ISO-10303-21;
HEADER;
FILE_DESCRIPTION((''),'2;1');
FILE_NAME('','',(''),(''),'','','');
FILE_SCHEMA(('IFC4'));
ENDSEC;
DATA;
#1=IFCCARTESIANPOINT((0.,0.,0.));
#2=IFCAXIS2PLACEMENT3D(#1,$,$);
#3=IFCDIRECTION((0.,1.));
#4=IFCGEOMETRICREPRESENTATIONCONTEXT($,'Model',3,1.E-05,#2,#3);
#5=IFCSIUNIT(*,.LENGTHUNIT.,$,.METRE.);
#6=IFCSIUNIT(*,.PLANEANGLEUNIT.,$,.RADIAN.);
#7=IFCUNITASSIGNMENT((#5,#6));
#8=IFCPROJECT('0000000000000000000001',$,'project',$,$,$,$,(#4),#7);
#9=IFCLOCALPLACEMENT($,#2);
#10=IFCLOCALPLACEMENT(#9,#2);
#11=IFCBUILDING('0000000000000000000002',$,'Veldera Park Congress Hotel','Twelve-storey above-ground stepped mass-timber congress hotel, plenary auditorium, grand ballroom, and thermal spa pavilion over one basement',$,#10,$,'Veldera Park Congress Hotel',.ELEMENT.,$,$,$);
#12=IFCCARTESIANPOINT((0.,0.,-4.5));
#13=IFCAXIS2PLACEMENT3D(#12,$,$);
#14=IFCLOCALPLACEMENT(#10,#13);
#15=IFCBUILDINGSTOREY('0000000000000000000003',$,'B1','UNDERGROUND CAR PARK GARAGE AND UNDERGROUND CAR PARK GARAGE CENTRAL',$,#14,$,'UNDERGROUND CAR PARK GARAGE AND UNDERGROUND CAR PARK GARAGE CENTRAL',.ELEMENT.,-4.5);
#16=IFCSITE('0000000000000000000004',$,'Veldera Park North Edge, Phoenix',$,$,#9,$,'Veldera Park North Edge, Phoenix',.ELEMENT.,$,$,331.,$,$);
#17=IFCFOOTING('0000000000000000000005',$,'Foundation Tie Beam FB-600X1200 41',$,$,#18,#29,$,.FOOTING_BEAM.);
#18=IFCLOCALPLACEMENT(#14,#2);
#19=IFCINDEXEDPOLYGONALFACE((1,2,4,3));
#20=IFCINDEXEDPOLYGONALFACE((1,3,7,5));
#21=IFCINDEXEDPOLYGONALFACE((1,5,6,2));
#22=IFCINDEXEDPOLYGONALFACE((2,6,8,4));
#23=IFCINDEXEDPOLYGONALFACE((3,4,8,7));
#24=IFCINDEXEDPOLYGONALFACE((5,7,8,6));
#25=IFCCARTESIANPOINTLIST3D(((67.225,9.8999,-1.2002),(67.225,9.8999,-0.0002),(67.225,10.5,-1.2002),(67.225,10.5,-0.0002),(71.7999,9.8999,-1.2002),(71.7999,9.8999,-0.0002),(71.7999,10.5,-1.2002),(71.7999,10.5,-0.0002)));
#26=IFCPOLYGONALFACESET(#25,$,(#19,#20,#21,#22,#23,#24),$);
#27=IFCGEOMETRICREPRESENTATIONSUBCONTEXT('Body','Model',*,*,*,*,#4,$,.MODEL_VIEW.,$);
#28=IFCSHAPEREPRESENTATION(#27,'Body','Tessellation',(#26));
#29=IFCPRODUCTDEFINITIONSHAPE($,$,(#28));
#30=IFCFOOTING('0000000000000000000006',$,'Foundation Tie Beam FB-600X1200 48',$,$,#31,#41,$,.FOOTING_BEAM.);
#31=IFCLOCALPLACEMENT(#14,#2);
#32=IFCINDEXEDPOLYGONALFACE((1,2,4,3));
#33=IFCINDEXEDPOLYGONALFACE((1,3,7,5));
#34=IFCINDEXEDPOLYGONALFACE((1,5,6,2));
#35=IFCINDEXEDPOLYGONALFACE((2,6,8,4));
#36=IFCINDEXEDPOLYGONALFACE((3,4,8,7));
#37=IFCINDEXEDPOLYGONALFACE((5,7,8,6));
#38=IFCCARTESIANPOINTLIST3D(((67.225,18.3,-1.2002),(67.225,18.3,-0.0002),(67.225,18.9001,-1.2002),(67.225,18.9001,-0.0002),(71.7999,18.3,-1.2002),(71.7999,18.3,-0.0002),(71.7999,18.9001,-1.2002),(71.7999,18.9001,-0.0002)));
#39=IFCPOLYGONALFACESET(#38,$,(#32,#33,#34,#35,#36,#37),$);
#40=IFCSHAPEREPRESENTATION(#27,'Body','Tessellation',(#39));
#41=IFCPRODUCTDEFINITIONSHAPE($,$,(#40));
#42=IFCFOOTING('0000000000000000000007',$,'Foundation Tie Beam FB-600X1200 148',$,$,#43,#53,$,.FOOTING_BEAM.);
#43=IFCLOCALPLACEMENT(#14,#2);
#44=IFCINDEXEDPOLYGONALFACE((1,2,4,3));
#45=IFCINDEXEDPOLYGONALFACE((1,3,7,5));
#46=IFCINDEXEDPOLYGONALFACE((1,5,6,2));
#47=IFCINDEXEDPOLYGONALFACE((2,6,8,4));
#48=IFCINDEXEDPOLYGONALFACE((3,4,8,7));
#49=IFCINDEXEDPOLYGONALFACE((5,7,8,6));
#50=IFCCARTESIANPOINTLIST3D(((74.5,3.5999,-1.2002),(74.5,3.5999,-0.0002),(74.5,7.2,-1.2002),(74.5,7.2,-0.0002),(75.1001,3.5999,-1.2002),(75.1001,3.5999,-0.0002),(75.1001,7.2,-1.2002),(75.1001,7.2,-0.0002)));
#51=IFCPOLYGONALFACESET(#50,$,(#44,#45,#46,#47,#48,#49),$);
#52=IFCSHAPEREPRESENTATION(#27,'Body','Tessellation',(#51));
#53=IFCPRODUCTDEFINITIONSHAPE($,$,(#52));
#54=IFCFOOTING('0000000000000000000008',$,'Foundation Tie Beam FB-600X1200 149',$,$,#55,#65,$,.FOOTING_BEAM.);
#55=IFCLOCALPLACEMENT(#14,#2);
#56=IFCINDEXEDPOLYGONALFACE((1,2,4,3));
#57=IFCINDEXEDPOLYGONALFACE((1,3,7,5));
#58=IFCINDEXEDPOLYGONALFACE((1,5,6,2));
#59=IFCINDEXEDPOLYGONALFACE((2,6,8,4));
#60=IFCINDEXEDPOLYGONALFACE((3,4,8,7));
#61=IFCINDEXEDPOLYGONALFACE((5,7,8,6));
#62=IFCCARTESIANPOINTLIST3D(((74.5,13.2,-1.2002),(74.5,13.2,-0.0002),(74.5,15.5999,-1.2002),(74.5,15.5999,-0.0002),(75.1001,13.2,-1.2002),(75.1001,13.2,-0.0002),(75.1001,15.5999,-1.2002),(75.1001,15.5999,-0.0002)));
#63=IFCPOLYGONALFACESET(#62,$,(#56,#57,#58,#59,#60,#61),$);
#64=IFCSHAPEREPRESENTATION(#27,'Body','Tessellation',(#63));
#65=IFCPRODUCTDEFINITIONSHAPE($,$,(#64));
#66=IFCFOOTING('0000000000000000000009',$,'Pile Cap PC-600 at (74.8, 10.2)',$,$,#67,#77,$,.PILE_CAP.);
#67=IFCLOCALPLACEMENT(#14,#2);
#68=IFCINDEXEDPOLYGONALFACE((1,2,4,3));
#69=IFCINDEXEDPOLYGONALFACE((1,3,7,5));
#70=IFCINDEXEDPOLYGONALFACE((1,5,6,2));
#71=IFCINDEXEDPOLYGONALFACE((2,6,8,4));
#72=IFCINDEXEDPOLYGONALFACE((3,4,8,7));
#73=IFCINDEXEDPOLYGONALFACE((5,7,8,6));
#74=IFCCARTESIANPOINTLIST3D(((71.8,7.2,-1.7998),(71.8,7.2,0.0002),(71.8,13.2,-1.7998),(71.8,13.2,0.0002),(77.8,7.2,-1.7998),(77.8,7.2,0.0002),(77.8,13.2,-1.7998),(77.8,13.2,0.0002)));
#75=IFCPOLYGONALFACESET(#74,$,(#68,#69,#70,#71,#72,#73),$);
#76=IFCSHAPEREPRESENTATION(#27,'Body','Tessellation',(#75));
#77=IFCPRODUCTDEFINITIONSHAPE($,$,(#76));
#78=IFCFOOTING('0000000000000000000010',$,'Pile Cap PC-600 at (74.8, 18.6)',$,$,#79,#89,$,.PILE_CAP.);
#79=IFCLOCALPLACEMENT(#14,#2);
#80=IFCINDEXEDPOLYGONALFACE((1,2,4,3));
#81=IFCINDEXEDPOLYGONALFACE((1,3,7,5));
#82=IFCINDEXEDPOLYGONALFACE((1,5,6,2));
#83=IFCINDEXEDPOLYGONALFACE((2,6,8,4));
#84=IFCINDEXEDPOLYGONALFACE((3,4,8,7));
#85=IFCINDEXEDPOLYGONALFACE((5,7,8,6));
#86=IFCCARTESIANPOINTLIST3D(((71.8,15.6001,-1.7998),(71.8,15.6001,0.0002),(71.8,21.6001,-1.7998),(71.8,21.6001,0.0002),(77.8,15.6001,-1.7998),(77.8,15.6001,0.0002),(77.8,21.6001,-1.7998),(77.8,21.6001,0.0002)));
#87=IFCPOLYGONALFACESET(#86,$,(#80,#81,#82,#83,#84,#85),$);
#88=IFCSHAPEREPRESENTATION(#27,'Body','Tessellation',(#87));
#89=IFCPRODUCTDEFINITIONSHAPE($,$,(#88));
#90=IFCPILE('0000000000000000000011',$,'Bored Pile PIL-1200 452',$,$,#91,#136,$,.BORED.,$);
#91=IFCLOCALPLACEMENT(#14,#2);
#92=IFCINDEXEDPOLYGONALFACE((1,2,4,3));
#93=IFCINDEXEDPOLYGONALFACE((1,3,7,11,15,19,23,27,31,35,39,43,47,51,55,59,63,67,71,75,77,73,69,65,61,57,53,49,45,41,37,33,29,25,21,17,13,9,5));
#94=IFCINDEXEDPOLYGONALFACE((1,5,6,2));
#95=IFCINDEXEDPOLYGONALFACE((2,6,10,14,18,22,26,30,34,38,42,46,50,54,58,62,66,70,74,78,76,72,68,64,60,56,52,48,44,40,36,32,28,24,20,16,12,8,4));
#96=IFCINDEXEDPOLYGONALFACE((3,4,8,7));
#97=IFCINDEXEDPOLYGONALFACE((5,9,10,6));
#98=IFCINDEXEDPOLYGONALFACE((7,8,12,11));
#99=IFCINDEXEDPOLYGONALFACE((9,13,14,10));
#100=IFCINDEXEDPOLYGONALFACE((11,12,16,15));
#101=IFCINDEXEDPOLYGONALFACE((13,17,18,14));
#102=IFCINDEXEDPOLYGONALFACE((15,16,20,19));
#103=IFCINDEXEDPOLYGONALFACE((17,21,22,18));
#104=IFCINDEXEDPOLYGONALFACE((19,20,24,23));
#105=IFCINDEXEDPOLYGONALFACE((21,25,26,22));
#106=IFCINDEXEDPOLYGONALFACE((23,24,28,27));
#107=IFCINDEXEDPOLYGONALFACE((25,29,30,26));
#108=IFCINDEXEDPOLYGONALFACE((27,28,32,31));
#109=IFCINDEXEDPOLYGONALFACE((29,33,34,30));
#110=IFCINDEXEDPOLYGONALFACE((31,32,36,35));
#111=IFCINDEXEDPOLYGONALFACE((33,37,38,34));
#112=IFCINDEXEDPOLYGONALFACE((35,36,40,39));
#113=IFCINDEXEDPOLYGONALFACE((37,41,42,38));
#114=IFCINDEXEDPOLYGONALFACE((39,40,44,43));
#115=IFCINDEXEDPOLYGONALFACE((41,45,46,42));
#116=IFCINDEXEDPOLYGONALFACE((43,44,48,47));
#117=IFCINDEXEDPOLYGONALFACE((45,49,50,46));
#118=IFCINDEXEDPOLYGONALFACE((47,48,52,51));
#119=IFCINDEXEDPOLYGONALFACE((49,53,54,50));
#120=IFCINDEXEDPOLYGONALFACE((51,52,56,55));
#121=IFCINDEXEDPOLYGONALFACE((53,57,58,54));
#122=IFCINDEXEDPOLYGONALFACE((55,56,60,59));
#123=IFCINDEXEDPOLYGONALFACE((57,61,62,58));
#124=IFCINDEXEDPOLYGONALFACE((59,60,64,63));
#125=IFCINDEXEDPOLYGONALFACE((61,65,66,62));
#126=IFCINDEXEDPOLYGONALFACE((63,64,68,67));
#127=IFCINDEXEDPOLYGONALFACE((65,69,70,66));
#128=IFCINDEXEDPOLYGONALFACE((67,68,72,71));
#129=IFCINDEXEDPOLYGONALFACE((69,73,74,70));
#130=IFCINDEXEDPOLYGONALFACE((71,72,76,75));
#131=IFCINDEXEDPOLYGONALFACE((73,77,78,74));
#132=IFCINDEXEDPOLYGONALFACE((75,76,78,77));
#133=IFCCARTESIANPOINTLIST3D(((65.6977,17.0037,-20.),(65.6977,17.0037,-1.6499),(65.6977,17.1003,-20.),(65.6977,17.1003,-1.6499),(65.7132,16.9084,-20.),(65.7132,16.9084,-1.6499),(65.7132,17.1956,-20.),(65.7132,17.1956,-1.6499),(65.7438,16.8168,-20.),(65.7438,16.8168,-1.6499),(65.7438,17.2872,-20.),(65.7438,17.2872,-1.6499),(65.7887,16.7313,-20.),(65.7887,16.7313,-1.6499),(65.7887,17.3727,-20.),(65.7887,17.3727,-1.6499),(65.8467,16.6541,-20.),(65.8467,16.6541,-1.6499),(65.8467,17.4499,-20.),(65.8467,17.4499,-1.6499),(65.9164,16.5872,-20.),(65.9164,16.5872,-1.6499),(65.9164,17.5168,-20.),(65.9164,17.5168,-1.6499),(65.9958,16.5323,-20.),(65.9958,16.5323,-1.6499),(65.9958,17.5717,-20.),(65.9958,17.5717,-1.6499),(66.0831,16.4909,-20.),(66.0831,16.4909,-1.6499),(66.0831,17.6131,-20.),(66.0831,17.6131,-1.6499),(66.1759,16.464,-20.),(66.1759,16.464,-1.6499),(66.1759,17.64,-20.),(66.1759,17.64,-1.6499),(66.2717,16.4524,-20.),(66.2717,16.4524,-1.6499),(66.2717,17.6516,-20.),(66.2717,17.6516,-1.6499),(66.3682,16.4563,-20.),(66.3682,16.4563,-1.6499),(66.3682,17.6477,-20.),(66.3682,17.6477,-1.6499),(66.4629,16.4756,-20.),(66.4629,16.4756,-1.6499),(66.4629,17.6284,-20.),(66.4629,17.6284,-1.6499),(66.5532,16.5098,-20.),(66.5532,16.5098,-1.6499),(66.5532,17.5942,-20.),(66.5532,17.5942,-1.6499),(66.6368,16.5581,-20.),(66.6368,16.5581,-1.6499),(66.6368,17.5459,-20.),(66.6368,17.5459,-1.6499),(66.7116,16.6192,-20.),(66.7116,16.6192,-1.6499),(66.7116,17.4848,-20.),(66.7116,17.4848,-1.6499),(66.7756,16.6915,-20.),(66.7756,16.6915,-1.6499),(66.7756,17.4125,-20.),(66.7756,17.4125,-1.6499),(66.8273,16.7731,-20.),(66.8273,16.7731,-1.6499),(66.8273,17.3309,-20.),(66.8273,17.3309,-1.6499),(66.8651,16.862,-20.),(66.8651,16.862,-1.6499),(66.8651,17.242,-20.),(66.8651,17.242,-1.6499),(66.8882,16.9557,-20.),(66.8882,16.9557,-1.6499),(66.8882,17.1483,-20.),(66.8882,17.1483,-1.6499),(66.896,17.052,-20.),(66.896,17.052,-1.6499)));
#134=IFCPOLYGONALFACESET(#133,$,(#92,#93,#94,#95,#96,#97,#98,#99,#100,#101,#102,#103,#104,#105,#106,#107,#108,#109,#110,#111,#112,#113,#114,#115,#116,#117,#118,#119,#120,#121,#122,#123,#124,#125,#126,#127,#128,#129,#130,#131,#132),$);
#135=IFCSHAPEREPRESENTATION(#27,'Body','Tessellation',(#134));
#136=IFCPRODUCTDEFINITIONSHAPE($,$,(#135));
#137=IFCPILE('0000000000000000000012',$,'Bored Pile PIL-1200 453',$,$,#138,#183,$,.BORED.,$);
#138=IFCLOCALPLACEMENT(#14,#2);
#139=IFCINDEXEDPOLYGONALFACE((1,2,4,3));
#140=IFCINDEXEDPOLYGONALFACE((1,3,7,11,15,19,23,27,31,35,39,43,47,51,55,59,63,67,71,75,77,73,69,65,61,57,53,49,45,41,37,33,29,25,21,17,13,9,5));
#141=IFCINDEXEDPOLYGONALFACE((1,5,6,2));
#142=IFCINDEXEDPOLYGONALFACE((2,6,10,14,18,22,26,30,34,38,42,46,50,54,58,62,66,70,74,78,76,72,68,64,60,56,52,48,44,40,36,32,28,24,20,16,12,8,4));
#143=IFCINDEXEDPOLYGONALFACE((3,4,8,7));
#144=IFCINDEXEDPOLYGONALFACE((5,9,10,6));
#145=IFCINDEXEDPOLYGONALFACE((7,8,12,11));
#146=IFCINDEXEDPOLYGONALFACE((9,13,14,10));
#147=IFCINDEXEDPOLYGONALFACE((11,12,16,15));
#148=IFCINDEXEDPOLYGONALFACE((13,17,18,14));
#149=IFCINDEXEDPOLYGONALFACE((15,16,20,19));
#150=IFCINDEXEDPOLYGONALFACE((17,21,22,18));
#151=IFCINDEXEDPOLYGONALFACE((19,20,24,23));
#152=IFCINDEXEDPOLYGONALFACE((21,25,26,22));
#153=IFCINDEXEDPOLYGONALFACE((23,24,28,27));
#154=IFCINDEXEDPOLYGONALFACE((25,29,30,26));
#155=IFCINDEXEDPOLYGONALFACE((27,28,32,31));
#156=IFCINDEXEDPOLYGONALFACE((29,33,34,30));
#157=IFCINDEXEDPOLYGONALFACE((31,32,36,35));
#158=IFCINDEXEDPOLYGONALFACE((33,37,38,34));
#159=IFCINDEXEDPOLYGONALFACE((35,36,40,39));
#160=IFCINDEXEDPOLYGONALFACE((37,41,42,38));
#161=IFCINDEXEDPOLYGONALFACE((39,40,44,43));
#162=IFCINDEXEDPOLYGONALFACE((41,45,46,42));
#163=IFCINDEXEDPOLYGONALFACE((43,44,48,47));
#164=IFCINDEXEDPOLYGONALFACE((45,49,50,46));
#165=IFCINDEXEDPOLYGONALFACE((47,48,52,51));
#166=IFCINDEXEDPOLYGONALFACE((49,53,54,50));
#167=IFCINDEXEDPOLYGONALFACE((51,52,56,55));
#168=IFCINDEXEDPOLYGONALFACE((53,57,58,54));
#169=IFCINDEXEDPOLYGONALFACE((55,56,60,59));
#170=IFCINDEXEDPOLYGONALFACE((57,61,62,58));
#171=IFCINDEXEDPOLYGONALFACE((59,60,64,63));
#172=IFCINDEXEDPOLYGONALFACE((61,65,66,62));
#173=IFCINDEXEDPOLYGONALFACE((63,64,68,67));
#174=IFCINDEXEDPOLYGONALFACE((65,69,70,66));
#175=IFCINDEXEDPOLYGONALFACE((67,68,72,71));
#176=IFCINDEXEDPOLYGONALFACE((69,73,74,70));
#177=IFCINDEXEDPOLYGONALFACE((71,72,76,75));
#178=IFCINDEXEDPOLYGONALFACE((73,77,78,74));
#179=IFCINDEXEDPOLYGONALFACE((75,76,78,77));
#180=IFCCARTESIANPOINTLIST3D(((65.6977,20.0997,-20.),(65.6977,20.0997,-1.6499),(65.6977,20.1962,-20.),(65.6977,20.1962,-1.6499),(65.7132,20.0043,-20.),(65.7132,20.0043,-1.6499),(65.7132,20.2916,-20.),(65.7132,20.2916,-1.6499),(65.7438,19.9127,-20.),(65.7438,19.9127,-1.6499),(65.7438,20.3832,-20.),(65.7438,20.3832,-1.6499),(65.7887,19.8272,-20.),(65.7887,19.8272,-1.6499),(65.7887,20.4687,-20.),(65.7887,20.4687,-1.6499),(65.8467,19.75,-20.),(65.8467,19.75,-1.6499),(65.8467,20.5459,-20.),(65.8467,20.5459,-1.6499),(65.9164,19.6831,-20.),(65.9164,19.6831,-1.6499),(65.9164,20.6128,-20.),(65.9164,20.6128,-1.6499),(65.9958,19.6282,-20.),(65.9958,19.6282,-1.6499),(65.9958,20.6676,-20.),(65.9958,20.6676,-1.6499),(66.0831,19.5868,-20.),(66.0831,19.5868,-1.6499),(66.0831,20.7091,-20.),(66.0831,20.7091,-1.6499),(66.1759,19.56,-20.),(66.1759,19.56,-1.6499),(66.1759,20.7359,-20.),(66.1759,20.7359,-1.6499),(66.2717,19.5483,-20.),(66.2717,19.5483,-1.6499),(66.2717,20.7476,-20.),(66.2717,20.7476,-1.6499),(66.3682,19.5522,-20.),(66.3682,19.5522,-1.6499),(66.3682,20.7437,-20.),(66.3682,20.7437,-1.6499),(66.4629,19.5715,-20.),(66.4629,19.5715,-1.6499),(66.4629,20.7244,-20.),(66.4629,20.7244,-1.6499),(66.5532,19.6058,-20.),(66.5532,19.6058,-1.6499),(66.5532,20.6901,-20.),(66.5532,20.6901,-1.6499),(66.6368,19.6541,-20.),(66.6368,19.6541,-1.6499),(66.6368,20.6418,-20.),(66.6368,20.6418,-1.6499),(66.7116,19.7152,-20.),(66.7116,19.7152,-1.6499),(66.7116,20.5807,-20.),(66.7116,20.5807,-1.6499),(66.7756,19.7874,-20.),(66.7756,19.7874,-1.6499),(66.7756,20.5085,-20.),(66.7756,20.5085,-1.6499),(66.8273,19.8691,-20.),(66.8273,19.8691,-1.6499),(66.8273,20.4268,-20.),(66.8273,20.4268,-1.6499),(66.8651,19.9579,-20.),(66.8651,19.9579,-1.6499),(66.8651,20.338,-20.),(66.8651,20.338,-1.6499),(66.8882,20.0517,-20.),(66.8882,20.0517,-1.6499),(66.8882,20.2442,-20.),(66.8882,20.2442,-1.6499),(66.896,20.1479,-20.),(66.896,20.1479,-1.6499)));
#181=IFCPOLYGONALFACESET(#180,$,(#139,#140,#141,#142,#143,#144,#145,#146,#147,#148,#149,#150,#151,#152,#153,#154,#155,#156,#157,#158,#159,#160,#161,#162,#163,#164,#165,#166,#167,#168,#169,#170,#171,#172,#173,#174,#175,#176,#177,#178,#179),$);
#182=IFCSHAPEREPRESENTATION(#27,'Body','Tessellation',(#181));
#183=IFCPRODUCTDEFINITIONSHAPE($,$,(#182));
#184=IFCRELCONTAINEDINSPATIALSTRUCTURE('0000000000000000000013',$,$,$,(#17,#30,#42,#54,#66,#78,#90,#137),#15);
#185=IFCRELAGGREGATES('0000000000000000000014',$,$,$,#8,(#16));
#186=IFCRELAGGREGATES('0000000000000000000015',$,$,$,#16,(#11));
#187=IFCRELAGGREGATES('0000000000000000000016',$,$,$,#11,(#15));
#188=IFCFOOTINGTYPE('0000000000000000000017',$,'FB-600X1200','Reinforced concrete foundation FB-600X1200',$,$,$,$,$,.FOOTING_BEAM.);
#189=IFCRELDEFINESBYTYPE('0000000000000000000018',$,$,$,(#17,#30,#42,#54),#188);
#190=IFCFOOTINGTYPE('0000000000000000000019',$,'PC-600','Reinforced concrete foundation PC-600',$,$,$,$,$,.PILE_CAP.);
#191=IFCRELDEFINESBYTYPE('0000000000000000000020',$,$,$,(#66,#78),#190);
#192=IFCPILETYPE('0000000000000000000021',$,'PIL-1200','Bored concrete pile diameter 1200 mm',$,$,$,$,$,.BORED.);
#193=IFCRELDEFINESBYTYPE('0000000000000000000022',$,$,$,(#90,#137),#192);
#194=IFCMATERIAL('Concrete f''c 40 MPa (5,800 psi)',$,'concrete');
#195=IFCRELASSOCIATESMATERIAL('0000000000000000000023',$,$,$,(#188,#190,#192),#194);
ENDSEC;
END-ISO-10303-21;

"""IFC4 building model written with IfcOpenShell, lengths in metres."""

from ifc_helpers import new_model, si_unit, direction, frame, origin, origin_2d, place, context, subcontext, project, spatial, rectangle, circle, extrude, material, material_profile, profile_set, type_object, element, save


model = new_model("IFC4")

# Units and contexts
model_context = context("Model", 3, precision=1e-05, world=origin(), true_north=direction((0.0, 1.0)))
body_context = subcontext(model_context, "Body", "Model", "MODEL_VIEW")
ifc_project = project(units=[si_unit("LENGTHUNIT", "METRE"), si_unit("PLANEANGLEUNIT", "RADIAN")], contexts=[model_context])

# Site, building, storey
site_placement = place(None, origin())
site = spatial("IfcSite", under=ifc_project, at=site_placement, Name="Veldera Park North Edge, Phoenix", LongName="Veldera Park North Edge, Phoenix", CompositionType="ELEMENT", RefElevation=331.0)
building_placement = place(site_placement, origin())
building = spatial("IfcBuilding", under=site, at=building_placement, Name="Veldera Park Congress Hotel", Description="Twelve-storey above-ground stepped mass-timber congress hotel, plenary auditorium, grand ballroom, and thermal spa pavilion over one basement", LongName="Veldera Park Congress Hotel", CompositionType="ELEMENT")
storey_placement = place(building_placement, frame((0.0, 0.0, -4.5)))
storey = spatial("IfcBuildingStorey", under=building, at=storey_placement, Name="B1", Description="UNDERGROUND CAR PARK GARAGE AND UNDERGROUND CAR PARK GARAGE CENTRAL", LongName="UNDERGROUND CAR PARK GARAGE AND UNDERGROUND CAR PARK GARAGE CENTRAL", CompositionType="ELEMENT", Elevation=-4.5)

# Footings
ifc_material_1 = material(Name="Concrete f'c 40 MPa (5,800 psi)", Category="concrete")
footing_type_1 = type_object("IfcFootingType", Name="FB-600X1200", Description="Reinforced concrete foundation FB-600X1200", PredefinedType="FOOTING_BEAM", material=ifc_material_1)
for number, where, z_axis, x_axis, name in (
    (1, (69.5125, 10.2, -1.2002), (0.0, 0.0, 1.0), (1.0, 0.0, 0.0), "Foundation Tie Beam FB-600X1200 41"),
    (2, (69.5125, 18.6001, -1.2002), (0.0, 0.0, 1.0), (1.0, 0.0, 0.0), "Foundation Tie Beam FB-600X1200 48"),
):
    element("IfcFooting", number, at=place(storey_placement, frame(where, z_axis=z_axis, x_axis=x_axis)), inside=storey, type_object=footing_type_1, Name=name, PredefinedType="FOOTING_BEAM", context=body_context, shape_type="SweptSolid", body=[
        extrude(rectangle(XDim=4.575, YDim=0.6001, at=origin_2d()), origin(), (0.0, 0.0, 1.0), 1.2),
    ])
footing_1_placement = place(storey_placement, frame((74.8, 5.3999, -1.2002), z_axis=(0.0, 0.0, 1.0), x_axis=(0.0, 1.0, 0.0)))
element("IfcFooting", 3, at=footing_1_placement, inside=storey, type_object=footing_type_1, Name="Foundation Tie Beam FB-600X1200 148", PredefinedType="FOOTING_BEAM", context=body_context, shape_type="SweptSolid", body=[
    extrude(rectangle(XDim=3.6001, YDim=0.6001, at=origin_2d()), origin(), (0.0, 0.0, 1.0), 1.2),
])
footing_2_placement = place(storey_placement, frame((74.8, 14.3999, -1.2002), z_axis=(0.0, 0.0, 1.0), x_axis=(0.0, 1.0, 0.0)))
element("IfcFooting", 4, at=footing_2_placement, inside=storey, type_object=footing_type_1, Name="Foundation Tie Beam FB-600X1200 149", PredefinedType="FOOTING_BEAM", context=body_context, shape_type="SweptSolid", body=[
    extrude(rectangle(XDim=2.3999, YDim=0.6001, at=origin_2d()), origin(), (0.0, 0.0, 1.0), 1.2),
])
footing_type_2 = type_object("IfcFootingType", Name="PC-600", Description="Reinforced concrete foundation PC-600", PredefinedType="PILE_CAP", material=ifc_material_1)
for number, where, z_axis, x_axis, name in (
    (5, (74.8, 10.2, -1.7998), (0.0, 0.0, 1.0), (1.0, 0.0, 0.0), "Pile Cap PC-600 at (74.8, 10.2)"),
    (6, (74.8, 18.6001, -1.7998), (0.0, 0.0, 1.0), (1.0, 0.0, 0.0), "Pile Cap PC-600 at (74.8, 18.6)"),
):
    element("IfcFooting", number, at=place(storey_placement, frame(where, z_axis=z_axis, x_axis=x_axis)), inside=storey, type_object=footing_type_2, Name=name, PredefinedType="PILE_CAP", context=body_context, shape_type="SweptSolid", body=[
        extrude(rectangle(XDim=6.0, YDim=6.0, at=origin_2d()), origin(), (0.0, 0.0, 1.0), 1.8),
    ])

# Piles
ifc_material_profile_1 = material_profile(ifc_material_1, circle(Radius=0.6001, at=origin_2d()), Name="PILE D1200")
ifc_profile_set_1 = profile_set([ifc_material_profile_1], Name="Concrete f'c 40 MPa (5,800 psi)")
pile_type_1 = type_object("IfcPileType", Name="PIL-1200", Description="Bored concrete pile diameter 1200 mm", PredefinedType="BORED", material=ifc_profile_set_1)
for number, where, z_axis, x_axis, name in (
    (7, (66.2959, 17.052, -1.6499), (0.0, 0.0, -1.0), (1.0, 0.0, 0.0), "Bored Pile PIL-1200 452"),
    (8, (66.2959, 20.1479, -1.6499), (0.0, 0.0, -1.0), (1.0, 0.0, 0.0), "Bored Pile PIL-1200 453"),
):
    element("IfcPile", number, at=place(storey_placement, frame(where, z_axis=z_axis, x_axis=x_axis)), inside=storey, type_object=pile_type_1, Name=name, PredefinedType="BORED", context=body_context, shape_type="SweptSolid", body=[
        extrude(circle(Radius=0.6001, at=origin_2d()), origin(), (0.0, 0.0, 1.0), 18.3501),
    ])

save(model, "model.ifc")
